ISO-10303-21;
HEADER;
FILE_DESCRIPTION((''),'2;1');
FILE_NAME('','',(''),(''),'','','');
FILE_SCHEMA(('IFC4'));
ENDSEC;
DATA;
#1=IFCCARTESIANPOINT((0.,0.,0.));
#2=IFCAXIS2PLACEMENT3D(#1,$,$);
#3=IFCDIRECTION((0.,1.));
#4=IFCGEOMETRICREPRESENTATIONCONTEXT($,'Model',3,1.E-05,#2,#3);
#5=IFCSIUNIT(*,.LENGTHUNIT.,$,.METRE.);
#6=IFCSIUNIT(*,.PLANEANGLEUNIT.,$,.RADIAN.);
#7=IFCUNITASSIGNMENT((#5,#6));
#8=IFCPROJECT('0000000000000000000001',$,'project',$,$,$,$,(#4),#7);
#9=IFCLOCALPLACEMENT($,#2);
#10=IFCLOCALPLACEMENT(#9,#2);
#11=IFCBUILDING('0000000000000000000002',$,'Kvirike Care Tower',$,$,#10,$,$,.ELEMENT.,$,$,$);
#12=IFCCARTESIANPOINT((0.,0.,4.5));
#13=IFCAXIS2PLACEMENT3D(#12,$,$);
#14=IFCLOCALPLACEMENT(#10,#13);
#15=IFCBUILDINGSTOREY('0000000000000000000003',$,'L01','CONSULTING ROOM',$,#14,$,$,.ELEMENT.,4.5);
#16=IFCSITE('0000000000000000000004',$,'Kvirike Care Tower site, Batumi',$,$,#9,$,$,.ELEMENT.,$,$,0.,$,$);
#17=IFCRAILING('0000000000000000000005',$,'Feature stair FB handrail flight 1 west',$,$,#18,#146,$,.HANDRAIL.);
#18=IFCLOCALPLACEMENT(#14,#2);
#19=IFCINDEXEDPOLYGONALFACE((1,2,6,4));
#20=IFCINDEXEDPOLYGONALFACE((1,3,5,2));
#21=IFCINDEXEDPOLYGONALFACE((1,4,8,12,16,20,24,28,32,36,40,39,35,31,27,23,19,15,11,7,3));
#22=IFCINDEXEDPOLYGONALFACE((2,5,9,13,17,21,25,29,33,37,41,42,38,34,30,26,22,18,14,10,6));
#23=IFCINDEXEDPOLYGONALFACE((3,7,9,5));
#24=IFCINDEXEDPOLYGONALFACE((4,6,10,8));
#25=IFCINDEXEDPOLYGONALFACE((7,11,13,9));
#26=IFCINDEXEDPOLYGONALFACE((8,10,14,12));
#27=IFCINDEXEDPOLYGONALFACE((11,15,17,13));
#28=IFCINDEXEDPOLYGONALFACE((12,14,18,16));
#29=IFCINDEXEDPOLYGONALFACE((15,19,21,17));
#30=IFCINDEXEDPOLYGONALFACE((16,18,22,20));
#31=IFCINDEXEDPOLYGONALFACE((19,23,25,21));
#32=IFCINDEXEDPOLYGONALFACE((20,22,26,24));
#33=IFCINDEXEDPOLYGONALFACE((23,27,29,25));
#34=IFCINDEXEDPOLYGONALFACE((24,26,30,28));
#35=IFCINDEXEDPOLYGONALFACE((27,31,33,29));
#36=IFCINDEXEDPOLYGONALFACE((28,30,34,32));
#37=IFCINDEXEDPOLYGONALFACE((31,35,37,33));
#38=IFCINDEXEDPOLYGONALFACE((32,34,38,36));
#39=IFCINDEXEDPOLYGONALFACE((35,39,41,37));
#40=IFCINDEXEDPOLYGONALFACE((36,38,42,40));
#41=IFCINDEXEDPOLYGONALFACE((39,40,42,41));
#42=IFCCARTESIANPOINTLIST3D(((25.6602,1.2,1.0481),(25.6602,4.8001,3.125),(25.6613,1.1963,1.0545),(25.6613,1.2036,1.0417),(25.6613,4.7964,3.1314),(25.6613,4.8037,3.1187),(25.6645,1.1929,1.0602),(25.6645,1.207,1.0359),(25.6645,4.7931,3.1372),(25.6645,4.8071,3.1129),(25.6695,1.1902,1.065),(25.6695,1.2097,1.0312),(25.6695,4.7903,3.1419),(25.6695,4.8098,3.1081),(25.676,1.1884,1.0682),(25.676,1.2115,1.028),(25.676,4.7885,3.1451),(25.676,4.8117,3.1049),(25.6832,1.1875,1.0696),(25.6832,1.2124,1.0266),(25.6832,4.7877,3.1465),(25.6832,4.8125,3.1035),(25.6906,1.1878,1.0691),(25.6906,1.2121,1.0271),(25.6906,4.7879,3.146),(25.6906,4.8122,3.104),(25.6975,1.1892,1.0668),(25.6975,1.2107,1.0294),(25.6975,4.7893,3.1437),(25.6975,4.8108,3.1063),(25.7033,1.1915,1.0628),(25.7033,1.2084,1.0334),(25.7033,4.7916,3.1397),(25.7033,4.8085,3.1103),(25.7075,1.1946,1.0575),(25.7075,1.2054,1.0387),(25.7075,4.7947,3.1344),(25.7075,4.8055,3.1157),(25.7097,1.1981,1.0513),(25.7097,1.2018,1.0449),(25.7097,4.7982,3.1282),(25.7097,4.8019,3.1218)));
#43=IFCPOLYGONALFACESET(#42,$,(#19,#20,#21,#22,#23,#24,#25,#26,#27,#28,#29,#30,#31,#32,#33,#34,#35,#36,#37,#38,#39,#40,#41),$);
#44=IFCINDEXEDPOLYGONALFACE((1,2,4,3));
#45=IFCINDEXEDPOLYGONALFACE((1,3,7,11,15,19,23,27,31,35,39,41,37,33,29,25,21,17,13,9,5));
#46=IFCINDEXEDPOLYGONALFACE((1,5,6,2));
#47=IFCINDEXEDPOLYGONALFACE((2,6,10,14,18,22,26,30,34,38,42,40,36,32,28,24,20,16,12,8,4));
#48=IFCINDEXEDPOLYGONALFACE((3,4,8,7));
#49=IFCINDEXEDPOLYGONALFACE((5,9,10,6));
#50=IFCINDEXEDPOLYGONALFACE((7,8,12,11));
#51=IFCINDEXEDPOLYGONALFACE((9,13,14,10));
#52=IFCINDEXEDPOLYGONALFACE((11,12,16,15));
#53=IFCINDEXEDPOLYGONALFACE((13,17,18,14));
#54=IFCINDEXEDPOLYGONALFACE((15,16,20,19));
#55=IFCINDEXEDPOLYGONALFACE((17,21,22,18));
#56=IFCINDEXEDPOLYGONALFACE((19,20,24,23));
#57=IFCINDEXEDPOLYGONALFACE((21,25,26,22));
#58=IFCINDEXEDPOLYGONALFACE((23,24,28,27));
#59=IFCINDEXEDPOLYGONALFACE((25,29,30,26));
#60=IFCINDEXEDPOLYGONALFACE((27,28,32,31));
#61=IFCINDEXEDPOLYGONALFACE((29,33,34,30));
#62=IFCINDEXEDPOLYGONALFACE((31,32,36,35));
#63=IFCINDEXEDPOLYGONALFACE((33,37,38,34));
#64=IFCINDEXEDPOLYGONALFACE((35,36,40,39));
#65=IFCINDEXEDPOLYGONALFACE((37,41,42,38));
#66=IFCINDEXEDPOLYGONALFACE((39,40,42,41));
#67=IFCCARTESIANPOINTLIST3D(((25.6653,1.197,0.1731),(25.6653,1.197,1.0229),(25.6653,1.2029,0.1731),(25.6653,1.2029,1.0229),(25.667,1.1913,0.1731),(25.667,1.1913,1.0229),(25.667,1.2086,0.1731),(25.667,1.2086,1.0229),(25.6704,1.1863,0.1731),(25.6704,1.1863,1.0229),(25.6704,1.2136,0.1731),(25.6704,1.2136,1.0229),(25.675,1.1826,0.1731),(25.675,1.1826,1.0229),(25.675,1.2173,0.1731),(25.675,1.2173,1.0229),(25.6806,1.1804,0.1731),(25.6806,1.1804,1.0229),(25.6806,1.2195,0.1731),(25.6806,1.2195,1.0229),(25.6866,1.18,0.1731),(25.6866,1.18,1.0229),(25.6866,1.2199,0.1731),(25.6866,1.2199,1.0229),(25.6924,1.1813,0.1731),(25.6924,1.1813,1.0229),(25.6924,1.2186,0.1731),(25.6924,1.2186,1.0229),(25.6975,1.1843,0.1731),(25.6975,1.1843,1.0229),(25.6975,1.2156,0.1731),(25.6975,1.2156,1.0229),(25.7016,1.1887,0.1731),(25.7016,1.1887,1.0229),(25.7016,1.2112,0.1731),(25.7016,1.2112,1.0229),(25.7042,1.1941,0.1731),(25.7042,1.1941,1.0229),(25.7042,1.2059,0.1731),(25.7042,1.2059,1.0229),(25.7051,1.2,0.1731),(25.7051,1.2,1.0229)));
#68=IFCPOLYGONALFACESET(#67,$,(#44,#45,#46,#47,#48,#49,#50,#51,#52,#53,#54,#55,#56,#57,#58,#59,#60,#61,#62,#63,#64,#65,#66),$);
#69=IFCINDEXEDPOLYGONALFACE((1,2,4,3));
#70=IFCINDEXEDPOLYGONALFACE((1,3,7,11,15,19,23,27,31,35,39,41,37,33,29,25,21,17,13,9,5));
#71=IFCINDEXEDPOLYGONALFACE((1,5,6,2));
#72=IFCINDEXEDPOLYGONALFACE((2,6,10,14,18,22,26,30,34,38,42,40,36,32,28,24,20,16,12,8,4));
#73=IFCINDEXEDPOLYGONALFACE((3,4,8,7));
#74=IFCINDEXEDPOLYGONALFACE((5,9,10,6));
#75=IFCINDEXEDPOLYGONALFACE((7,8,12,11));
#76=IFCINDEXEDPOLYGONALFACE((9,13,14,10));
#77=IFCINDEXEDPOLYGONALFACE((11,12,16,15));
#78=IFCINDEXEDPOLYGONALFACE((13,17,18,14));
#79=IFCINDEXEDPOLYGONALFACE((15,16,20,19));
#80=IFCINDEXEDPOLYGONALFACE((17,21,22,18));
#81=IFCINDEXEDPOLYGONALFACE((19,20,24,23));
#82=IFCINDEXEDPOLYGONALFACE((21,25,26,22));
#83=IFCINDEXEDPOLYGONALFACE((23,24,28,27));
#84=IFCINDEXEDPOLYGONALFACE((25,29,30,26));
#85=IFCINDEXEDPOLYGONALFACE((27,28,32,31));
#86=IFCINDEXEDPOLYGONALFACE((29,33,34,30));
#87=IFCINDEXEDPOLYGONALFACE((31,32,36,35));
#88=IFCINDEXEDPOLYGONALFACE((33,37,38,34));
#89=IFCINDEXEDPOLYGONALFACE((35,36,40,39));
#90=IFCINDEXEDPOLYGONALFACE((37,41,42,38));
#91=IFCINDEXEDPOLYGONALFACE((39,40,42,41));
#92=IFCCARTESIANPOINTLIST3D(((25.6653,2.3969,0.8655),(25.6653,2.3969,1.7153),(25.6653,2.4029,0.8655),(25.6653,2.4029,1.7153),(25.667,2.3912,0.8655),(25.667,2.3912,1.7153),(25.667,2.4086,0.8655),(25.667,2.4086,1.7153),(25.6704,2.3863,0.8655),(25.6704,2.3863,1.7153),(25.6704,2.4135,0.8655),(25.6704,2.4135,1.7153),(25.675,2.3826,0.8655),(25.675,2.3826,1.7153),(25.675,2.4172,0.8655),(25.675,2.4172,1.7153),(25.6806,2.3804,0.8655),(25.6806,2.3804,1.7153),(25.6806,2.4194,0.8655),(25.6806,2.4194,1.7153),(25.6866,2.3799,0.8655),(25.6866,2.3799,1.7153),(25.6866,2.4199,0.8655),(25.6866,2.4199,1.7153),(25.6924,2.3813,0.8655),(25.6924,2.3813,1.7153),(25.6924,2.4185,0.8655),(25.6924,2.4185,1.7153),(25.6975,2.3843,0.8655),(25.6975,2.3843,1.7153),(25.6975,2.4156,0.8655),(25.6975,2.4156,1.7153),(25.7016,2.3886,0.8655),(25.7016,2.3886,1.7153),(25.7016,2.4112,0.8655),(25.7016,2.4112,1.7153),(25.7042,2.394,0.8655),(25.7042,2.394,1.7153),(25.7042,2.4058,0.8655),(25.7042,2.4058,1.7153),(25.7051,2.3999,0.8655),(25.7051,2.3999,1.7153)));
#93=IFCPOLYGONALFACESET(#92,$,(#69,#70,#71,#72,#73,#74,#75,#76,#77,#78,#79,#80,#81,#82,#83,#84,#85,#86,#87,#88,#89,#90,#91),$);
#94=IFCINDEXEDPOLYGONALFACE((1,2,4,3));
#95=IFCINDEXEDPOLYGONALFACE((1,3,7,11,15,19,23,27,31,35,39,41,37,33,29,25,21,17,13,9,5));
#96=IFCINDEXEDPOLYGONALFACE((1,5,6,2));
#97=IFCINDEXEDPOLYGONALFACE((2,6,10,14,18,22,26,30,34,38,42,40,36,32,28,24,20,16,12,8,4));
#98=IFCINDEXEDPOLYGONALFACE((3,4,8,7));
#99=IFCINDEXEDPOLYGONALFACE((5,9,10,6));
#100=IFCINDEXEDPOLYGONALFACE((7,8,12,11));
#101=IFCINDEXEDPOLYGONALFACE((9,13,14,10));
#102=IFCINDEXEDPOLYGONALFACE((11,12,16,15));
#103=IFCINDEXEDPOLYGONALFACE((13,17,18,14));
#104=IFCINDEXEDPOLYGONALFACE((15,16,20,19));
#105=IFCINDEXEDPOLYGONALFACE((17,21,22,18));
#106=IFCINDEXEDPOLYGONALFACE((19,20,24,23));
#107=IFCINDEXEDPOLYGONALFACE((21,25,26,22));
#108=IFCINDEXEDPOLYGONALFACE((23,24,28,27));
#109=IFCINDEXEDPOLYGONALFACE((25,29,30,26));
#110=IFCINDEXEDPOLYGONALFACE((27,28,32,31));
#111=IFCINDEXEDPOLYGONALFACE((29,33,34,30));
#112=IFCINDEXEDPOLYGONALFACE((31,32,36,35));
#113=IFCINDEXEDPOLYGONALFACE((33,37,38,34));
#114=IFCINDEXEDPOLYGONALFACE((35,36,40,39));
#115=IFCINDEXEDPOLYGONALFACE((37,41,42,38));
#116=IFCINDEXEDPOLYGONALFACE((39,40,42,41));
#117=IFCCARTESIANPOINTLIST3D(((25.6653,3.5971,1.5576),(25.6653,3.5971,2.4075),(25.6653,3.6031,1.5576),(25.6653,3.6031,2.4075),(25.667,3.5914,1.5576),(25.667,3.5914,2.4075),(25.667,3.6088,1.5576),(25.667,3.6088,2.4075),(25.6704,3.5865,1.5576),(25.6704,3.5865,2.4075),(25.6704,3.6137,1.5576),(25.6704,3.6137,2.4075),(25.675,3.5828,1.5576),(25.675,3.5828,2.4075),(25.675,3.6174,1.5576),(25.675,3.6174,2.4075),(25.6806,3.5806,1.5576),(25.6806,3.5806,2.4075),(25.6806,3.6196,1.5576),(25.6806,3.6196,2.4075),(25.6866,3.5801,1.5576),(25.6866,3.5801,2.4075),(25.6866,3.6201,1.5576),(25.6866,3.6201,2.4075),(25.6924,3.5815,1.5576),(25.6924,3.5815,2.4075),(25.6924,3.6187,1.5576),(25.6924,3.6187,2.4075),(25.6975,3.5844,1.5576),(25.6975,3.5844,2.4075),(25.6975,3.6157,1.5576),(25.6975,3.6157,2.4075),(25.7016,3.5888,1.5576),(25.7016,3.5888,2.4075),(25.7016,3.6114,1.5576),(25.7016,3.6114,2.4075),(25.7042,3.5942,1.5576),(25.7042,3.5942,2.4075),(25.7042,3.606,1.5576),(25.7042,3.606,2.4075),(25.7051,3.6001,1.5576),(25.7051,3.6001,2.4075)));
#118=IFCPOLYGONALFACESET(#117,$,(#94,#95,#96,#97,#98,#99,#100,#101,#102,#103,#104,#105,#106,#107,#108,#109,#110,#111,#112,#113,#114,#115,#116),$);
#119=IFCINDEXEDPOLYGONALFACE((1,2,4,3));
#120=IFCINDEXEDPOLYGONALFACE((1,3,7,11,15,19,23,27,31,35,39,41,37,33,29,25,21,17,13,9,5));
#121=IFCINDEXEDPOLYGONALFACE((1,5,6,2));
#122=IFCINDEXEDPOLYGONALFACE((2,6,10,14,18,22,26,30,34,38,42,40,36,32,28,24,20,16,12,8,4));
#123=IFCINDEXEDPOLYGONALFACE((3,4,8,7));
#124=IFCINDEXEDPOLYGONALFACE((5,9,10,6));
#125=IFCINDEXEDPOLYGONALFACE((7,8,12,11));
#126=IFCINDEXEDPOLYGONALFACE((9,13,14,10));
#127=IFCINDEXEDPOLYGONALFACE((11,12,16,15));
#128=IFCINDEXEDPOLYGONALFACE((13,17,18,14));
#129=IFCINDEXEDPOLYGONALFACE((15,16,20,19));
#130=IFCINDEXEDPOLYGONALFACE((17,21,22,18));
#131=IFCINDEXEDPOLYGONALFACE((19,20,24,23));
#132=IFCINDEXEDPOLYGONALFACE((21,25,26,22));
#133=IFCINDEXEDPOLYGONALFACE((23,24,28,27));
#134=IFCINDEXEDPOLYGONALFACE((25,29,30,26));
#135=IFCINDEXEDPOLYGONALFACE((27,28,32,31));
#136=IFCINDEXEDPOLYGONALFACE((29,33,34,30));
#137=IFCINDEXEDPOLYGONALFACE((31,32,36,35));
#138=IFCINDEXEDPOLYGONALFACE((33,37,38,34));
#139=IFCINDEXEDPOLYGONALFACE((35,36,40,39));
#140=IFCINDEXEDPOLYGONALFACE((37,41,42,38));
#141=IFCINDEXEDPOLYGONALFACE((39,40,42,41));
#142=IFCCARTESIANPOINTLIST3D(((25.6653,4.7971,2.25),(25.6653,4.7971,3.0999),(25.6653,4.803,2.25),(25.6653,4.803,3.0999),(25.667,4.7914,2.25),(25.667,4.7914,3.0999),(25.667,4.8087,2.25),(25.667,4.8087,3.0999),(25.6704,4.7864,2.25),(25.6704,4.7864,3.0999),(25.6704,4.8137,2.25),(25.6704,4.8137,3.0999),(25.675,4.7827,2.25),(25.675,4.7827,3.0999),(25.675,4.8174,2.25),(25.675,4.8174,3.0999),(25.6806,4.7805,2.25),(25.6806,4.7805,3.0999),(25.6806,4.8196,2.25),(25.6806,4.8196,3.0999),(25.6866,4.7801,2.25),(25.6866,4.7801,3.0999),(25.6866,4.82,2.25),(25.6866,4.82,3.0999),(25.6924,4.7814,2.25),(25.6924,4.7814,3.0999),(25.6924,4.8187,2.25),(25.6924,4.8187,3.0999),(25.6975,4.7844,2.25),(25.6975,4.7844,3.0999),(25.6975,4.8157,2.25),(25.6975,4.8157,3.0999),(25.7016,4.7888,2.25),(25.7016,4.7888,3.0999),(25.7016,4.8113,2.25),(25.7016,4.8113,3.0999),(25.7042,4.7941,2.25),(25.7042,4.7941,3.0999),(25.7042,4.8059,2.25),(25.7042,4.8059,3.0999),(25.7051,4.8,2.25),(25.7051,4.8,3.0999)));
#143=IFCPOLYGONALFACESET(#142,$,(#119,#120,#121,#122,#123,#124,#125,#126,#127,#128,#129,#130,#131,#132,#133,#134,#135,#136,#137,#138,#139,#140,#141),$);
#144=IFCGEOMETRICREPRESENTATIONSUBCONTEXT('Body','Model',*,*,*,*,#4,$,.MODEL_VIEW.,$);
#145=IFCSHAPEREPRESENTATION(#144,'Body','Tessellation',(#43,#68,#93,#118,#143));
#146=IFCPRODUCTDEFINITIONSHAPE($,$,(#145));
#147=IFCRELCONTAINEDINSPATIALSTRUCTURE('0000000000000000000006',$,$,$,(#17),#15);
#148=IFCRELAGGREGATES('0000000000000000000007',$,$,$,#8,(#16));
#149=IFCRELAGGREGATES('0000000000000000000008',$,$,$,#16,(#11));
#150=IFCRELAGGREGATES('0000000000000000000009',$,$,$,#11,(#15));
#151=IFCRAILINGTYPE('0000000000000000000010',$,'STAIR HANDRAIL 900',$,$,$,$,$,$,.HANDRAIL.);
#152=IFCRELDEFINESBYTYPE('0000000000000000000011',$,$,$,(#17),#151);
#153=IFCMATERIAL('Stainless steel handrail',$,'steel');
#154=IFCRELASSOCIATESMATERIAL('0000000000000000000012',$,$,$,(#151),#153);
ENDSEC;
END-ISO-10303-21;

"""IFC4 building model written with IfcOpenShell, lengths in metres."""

from ifc_helpers import new_model, si_unit, direction, frame, origin, origin_2d, place, context, subcontext, project, spatial, circle, extrude, material, type_object, element, save


model = new_model("IFC4")

# Units and contexts
model_context = context("Model", 3, precision=1e-05, world=origin(), true_north=direction((0.0, 1.0)))
body_context = subcontext(model_context, "Body", "Model", "MODEL_VIEW")
ifc_project = project(units=[si_unit("LENGTHUNIT", "METRE"), si_unit("PLANEANGLEUNIT", "RADIAN")], contexts=[model_context])

# Site, building, storey
site_placement = place(None, origin())
site = spatial("IfcSite", under=ifc_project, at=site_placement, Name="Kvirike Care Tower site, Batumi", CompositionType="ELEMENT", RefElevation=0.0)
building_placement = place(site_placement, origin())
building = spatial("IfcBuilding", under=site, at=building_placement, Name="Kvirike Care Tower", CompositionType="ELEMENT")
storey_placement = place(building_placement, frame((0.0, 0.0, 4.5)))
storey = spatial("IfcBuildingStorey", under=building, at=storey_placement, Name="L01", Description="CONSULTING ROOM", CompositionType="ELEMENT", Elevation=4.5)

# Railing
ifc_material_1 = material(Name="Stainless steel handrail", Category="steel")
railing_type_1 = type_object("IfcRailingType", Name="STAIR HANDRAIL 900", PredefinedType="HANDRAIL", material=ifc_material_1)
for number, where, name in (
    (1, (25.6851, 1.2, 0.1731), "Feature stair FB handrail flight 1 west"),
):
    element("IfcRailing", number, at=place(storey_placement, frame(where)), inside=storey, type_object=railing_type_1, Name=name, PredefinedType="HANDRAIL", context=body_context, shape_type="SweptSolid", body=[
        extrude(circle(Radius=0.0249, at=origin_2d()), frame((0.0, 0.0, 0.875), z_axis=(0.0, 0.866193, 0.499709), x_axis=(-1.0, 0.0, 0.0)), (0.0, 0.0, 1.0), 4.1562),
        extrude(circle(Radius=0.02, at=origin_2d()), origin(), (0.0, 0.0, 1.0), 0.8499),
        extrude(circle(Radius=0.02, at=origin_2d()), frame((0.0, 1.2, 0.6924)), (0.0, 0.0, 1.0), 0.8499),
        extrude(circle(Radius=0.02, at=origin_2d()), frame((0.0, 2.4001, 1.3845)), (0.0, 0.0, 1.0), 0.8499),
        extrude(circle(Radius=0.02, at=origin_2d()), frame((0.0, 3.6001, 2.0769)), (0.0, 0.0, 1.0), 0.8499),
    ])

save(model, "model.ifc")
